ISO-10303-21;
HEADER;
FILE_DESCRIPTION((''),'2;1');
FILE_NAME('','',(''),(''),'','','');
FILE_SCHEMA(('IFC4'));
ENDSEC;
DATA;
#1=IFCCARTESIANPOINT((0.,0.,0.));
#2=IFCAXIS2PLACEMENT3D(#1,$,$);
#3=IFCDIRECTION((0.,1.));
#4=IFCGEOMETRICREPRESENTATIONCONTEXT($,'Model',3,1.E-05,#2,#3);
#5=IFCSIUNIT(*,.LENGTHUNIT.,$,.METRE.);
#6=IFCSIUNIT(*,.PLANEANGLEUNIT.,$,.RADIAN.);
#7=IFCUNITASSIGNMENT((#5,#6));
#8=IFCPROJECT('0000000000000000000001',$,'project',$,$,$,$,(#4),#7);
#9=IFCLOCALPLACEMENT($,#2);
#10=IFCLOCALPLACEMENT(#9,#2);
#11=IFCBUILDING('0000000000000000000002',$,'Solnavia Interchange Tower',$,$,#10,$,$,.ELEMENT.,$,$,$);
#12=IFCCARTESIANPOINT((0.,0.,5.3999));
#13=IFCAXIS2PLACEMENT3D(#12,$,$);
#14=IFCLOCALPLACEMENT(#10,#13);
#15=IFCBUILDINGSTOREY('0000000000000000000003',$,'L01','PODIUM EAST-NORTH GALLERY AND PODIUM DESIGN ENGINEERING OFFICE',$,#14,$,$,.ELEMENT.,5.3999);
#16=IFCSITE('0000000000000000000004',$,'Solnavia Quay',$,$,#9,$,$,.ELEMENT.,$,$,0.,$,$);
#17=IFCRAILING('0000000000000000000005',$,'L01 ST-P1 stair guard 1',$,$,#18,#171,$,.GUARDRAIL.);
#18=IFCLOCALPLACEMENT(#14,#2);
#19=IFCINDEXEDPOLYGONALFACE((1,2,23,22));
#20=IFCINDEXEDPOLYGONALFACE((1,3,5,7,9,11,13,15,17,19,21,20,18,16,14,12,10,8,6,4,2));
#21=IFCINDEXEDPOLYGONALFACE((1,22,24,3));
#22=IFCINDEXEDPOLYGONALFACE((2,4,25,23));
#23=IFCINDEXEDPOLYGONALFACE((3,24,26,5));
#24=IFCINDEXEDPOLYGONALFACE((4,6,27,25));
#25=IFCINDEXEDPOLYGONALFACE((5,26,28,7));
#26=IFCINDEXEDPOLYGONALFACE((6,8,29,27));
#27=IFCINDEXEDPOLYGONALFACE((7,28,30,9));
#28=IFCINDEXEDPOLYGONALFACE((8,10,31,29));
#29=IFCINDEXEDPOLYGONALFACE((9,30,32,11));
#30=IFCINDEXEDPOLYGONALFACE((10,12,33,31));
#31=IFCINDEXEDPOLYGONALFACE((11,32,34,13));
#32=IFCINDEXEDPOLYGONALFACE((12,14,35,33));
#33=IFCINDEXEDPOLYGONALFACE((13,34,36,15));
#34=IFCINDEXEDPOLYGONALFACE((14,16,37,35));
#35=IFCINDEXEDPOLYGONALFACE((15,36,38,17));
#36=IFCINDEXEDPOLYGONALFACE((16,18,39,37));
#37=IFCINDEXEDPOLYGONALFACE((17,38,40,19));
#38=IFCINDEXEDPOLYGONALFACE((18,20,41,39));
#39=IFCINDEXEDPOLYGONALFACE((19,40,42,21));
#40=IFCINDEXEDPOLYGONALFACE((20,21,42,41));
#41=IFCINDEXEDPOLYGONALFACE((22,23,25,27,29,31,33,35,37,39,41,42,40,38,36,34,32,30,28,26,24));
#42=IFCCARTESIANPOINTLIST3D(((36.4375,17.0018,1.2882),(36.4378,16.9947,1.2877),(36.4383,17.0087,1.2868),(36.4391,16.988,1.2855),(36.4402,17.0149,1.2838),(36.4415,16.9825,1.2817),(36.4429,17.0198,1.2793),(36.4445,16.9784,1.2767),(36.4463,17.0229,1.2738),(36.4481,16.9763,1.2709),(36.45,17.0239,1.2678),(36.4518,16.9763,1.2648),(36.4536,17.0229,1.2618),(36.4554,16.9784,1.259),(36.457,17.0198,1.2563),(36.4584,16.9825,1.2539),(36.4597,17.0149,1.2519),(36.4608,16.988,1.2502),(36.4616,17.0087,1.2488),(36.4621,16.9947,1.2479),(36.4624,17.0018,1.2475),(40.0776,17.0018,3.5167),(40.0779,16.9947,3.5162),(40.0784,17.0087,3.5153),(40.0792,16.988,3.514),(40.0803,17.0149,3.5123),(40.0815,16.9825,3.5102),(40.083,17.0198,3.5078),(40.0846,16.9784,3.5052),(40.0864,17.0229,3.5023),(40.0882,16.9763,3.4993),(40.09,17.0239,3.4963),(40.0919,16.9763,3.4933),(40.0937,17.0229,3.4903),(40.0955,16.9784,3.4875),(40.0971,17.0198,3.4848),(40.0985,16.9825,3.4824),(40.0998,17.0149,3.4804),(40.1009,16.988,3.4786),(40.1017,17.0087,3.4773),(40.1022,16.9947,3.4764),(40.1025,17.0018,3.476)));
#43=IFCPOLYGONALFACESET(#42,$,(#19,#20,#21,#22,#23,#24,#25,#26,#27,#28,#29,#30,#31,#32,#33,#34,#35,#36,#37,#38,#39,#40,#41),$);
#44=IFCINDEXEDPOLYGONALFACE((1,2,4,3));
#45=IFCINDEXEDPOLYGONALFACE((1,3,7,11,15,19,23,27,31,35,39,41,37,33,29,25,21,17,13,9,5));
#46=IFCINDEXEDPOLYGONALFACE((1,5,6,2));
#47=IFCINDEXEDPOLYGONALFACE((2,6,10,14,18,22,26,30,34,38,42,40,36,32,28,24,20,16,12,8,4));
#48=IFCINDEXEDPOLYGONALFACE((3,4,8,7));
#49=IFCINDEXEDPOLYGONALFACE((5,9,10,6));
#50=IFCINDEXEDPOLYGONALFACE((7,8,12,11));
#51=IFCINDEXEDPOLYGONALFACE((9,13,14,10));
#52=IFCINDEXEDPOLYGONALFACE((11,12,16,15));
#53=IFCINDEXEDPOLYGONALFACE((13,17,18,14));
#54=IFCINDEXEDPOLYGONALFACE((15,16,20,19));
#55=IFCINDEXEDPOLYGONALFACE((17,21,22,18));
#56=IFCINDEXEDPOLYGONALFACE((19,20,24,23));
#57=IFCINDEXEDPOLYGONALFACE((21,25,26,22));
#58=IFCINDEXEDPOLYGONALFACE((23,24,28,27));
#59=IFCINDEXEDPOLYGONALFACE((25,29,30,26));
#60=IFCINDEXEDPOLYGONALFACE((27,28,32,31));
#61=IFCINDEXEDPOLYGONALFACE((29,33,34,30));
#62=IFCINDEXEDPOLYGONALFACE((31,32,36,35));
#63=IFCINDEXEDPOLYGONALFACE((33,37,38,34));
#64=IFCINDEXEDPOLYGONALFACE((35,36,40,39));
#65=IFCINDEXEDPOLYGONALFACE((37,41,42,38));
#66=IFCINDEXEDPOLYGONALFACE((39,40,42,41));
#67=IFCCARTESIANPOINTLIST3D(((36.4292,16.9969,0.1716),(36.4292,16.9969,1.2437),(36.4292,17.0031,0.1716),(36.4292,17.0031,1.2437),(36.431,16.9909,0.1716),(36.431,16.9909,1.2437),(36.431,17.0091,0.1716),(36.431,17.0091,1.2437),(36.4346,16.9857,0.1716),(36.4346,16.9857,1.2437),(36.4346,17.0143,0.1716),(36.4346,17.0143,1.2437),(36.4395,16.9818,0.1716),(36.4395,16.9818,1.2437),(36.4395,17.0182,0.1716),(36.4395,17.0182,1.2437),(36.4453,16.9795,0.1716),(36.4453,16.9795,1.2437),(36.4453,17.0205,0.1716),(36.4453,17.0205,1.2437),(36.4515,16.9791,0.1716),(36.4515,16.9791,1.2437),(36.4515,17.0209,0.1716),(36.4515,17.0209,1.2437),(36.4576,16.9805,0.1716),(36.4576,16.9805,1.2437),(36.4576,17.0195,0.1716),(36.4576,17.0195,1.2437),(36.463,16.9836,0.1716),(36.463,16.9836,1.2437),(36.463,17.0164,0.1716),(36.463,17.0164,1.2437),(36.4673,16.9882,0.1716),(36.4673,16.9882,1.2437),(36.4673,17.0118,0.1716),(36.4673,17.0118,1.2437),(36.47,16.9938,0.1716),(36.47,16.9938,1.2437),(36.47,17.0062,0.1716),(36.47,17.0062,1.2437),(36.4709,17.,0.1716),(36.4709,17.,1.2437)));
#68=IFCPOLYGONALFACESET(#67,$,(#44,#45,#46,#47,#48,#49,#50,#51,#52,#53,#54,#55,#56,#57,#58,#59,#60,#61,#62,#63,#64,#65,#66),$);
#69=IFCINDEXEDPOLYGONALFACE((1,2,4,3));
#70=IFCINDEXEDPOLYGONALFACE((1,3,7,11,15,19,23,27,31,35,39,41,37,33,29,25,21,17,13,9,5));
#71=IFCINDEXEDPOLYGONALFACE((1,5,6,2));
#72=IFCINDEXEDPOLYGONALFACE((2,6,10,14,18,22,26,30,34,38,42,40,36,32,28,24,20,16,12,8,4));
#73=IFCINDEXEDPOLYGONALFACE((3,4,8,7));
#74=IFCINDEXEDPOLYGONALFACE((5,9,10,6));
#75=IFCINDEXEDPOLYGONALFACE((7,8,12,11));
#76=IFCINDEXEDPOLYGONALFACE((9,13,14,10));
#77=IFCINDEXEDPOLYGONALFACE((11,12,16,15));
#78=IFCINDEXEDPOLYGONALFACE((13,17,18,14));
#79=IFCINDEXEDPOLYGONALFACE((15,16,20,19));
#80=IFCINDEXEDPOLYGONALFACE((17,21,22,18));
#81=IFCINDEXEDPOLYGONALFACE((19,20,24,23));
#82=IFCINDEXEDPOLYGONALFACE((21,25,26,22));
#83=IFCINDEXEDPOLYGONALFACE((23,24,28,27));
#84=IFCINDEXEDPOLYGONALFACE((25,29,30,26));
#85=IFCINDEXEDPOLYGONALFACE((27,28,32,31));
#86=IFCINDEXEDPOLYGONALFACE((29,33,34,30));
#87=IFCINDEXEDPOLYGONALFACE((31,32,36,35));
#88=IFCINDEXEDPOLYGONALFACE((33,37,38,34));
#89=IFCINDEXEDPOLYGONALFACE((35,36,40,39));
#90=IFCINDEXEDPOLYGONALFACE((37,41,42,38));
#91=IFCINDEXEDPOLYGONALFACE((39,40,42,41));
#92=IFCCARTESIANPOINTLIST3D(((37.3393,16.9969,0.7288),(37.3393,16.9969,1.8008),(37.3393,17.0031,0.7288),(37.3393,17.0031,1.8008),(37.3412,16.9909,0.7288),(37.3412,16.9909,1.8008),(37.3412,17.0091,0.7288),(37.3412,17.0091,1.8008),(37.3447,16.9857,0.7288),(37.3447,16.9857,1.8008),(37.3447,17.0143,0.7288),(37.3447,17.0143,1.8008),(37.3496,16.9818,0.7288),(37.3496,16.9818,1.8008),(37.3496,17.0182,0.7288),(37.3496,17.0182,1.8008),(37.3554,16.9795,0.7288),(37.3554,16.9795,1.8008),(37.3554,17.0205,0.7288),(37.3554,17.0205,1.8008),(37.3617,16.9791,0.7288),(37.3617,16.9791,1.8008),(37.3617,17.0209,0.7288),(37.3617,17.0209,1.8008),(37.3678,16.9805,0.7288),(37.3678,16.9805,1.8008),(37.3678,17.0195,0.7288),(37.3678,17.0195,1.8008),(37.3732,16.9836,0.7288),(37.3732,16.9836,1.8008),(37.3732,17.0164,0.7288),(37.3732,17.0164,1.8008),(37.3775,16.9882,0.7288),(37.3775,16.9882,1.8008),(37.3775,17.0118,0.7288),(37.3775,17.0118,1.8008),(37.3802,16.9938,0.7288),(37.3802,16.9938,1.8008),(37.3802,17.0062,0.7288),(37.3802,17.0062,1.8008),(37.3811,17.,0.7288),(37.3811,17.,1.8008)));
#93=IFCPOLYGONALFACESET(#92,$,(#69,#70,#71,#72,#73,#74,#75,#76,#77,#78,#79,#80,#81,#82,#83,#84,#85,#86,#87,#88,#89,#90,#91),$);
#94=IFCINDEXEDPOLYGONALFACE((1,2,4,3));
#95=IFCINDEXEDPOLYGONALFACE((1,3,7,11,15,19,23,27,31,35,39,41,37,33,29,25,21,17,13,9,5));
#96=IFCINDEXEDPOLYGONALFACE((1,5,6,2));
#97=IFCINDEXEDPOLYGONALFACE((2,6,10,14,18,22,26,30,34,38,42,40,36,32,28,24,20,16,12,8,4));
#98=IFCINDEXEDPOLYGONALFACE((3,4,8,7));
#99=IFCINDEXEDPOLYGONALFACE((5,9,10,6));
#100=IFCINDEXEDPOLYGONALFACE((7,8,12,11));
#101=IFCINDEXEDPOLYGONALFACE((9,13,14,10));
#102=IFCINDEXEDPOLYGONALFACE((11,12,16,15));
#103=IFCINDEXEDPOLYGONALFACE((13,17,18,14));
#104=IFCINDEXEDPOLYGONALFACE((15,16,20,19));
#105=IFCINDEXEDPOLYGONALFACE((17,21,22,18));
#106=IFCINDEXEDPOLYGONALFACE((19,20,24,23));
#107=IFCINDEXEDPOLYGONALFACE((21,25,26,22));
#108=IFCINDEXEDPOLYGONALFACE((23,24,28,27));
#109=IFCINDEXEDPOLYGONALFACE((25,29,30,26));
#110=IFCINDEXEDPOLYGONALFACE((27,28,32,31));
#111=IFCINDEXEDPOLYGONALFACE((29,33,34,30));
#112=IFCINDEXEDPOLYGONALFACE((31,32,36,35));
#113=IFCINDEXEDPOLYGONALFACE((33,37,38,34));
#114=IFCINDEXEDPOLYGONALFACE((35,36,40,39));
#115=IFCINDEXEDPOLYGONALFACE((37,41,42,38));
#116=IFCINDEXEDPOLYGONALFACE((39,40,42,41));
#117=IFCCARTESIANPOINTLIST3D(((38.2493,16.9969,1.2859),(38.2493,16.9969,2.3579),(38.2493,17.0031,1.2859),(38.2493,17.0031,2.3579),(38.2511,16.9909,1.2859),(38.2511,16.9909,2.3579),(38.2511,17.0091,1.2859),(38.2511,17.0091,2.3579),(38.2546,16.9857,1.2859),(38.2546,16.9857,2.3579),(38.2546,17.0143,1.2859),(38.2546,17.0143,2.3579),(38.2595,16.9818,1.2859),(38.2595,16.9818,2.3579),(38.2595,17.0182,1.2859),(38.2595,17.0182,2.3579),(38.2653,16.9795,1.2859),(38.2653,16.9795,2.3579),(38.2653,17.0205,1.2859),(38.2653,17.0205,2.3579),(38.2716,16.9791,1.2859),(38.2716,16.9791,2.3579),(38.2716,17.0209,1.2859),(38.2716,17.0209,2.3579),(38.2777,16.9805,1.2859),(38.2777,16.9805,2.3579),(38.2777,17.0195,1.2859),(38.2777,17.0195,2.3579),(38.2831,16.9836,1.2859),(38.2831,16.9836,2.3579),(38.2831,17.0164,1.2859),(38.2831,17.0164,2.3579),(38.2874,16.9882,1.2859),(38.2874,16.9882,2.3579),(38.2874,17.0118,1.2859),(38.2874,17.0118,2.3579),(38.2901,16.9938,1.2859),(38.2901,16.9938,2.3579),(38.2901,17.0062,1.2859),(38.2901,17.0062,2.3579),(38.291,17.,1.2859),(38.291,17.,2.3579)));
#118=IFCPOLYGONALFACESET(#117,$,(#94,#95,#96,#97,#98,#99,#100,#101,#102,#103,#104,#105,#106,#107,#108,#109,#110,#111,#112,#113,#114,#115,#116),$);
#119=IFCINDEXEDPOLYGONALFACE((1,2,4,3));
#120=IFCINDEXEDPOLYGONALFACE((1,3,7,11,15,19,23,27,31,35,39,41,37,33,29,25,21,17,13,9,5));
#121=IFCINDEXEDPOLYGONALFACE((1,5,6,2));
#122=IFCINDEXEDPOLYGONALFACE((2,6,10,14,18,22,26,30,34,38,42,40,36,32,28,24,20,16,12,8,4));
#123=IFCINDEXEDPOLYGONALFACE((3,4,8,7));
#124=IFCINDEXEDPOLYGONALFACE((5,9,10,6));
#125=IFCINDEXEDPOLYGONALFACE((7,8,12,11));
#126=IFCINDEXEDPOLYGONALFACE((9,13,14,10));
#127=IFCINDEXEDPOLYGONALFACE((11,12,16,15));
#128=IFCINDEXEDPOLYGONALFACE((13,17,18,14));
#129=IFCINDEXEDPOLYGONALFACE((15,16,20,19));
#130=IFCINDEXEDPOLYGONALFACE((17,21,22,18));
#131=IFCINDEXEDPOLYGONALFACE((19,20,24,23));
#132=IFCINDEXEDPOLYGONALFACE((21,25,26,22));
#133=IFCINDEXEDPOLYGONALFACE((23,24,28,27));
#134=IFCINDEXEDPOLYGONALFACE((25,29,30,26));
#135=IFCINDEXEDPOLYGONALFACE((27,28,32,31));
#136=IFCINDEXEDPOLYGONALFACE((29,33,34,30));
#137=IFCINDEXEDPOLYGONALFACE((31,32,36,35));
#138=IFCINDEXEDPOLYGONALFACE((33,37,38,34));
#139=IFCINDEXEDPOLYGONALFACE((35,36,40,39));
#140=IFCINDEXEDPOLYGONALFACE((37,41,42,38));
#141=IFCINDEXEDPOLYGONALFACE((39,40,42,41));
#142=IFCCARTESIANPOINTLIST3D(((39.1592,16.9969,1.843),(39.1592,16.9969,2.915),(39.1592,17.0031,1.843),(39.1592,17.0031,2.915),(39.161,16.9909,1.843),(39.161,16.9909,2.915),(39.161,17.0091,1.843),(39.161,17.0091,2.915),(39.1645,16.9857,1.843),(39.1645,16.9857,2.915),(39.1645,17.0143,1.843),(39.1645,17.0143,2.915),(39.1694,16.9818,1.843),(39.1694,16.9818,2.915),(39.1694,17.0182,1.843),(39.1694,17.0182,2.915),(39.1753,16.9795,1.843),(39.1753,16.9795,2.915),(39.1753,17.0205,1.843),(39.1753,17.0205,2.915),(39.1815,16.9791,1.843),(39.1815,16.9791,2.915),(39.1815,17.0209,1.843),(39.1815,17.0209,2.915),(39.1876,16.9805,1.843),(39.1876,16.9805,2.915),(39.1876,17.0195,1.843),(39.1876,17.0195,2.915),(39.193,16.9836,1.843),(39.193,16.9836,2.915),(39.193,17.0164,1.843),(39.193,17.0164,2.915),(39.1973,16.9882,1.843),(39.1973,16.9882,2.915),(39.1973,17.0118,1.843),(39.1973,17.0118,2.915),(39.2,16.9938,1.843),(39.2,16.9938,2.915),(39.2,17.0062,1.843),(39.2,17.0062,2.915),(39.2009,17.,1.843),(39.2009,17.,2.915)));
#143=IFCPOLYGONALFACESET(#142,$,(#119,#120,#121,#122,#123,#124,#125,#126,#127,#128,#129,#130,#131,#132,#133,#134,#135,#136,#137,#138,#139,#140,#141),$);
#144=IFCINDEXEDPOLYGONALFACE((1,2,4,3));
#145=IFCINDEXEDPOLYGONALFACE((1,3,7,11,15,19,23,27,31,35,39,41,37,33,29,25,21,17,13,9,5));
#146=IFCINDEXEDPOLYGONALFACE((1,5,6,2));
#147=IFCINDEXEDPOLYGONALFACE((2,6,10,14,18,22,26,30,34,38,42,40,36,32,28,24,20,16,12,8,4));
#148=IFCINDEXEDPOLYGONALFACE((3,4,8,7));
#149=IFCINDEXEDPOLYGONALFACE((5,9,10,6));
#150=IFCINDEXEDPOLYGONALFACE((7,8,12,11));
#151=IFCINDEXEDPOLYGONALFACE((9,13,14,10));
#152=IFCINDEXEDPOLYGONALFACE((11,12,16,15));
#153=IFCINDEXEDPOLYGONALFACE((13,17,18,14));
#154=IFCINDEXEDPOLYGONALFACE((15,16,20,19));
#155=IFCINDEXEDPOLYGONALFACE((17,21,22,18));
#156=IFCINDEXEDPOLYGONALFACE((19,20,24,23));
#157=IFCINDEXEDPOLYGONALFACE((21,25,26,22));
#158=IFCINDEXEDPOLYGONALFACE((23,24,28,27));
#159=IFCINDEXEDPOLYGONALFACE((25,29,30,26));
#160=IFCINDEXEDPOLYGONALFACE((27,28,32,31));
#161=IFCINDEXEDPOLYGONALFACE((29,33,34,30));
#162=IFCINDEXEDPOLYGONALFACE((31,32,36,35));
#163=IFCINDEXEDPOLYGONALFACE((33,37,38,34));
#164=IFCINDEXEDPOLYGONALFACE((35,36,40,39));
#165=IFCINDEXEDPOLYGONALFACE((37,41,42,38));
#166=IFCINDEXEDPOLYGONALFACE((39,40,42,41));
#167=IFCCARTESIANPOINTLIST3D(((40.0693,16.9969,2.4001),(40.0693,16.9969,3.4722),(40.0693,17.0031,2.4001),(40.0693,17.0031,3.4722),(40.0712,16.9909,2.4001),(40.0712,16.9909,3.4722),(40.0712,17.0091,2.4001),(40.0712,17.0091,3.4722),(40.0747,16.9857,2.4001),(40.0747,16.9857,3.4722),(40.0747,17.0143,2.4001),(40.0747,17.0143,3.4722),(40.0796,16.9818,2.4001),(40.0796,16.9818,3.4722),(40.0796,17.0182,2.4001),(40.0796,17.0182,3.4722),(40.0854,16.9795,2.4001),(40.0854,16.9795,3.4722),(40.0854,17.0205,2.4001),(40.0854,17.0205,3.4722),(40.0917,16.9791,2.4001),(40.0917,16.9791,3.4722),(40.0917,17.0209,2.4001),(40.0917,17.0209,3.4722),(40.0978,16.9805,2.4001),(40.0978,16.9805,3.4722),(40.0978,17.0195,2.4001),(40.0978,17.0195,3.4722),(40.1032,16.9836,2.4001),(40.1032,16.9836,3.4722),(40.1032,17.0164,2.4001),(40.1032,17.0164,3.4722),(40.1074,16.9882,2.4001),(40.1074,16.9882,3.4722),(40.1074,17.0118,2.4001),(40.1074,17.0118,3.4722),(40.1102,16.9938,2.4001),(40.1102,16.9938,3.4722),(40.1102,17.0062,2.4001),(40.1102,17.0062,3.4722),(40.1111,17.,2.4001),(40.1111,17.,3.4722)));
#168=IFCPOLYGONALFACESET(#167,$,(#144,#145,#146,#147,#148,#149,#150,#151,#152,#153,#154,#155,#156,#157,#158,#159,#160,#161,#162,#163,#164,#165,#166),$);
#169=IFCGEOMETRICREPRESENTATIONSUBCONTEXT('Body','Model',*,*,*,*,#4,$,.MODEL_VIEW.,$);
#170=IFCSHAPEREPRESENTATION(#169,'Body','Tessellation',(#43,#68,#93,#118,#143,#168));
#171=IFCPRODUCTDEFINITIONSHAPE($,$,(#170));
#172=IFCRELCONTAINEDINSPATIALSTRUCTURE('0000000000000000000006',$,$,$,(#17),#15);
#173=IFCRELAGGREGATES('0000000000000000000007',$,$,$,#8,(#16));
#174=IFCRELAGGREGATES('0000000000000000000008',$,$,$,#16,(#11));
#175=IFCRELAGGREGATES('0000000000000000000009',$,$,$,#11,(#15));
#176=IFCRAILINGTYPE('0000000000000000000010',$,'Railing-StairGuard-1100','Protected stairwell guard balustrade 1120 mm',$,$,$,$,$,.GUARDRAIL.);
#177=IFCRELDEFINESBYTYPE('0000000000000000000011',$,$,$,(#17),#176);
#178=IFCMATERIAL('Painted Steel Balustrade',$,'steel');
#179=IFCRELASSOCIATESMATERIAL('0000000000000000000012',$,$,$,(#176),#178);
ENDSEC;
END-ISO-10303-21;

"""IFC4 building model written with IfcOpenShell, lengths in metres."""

from ifc_helpers import new_model, si_unit, direction, frame, origin, origin_2d, place, context, subcontext, project, spatial, circle, extrude, material, type_object, element, save


model = new_model("IFC4")

# Units and contexts
model_context = context("Model", 3, precision=1e-05, world=origin(), true_north=direction((0.0, 1.0)))
body_context = subcontext(model_context, "Body", "Model", "MODEL_VIEW")
ifc_project = project(units=[si_unit("LENGTHUNIT", "METRE"), si_unit("PLANEANGLEUNIT", "RADIAN")], contexts=[model_context])

# Site, building, storey
site_placement = place(None, origin())
site = spatial("IfcSite", under=ifc_project, at=site_placement, Name="Solnavia Quay", CompositionType="ELEMENT", RefElevation=0.0)
building_placement = place(site_placement, origin())
building = spatial("IfcBuilding", under=site, at=building_placement, Name="Solnavia Interchange Tower", CompositionType="ELEMENT")
storey_placement = place(building_placement, frame((0.0, 0.0, 5.3999)))
storey = spatial("IfcBuildingStorey", under=building, at=storey_placement, Name="L01", Description="PODIUM EAST-NORTH GALLERY AND PODIUM DESIGN ENGINEERING OFFICE", CompositionType="ELEMENT", Elevation=5.3999)

# Railing
ifc_material_1 = material(Name="Painted Steel Balustrade", Category="steel")
railing_type_1 = type_object("IfcRailingType", Name="Railing-StairGuard-1100", Description="Protected stairwell guard balustrade 1120 mm", PredefinedType="GUARDRAIL", material=ifc_material_1)
railing_1_placement = place(storey_placement, frame((36.45, 17.0, 0.1716)))
element("IfcRailing", 1, at=railing_1_placement, inside=storey, type_object=railing_type_1, Name="L01 ST-P1 stair guard 1", PredefinedType="GUARDRAIL", context=body_context, shape_type="SweptSolid", body=[
    extrude(circle(Radius=0.0239, at=origin_2d()), frame((0.0, 0.0, 1.0962), z_axis=(0.852866, 0.0, 0.52213), x_axis=(0.0, 1.0, 0.0)), (0.0, 0.0, 1.0), 4.2681),
    extrude(circle(Radius=0.021, at=origin_2d()), origin(), (0.0, 0.0, 1.0), 1.072),
    extrude(circle(Radius=0.021, at=origin_2d()), frame((0.9102, 0.0, 0.5571)), (0.0, 0.0, 1.0), 1.072),
    extrude(circle(Radius=0.021, at=origin_2d()), frame((1.8201, 0.0, 1.1143)), (0.0, 0.0, 1.0), 1.072),
    extrude(circle(Radius=0.021, at=origin_2d()), frame((2.73, 0.0, 1.6714)), (0.0, 0.0, 1.0), 1.072),
    extrude(circle(Radius=0.021, at=origin_2d()), frame((3.6401, 0.0, 2.2285)), (0.0, 0.0, 1.0), 1.072),
])

save(model, "model.ifc")
